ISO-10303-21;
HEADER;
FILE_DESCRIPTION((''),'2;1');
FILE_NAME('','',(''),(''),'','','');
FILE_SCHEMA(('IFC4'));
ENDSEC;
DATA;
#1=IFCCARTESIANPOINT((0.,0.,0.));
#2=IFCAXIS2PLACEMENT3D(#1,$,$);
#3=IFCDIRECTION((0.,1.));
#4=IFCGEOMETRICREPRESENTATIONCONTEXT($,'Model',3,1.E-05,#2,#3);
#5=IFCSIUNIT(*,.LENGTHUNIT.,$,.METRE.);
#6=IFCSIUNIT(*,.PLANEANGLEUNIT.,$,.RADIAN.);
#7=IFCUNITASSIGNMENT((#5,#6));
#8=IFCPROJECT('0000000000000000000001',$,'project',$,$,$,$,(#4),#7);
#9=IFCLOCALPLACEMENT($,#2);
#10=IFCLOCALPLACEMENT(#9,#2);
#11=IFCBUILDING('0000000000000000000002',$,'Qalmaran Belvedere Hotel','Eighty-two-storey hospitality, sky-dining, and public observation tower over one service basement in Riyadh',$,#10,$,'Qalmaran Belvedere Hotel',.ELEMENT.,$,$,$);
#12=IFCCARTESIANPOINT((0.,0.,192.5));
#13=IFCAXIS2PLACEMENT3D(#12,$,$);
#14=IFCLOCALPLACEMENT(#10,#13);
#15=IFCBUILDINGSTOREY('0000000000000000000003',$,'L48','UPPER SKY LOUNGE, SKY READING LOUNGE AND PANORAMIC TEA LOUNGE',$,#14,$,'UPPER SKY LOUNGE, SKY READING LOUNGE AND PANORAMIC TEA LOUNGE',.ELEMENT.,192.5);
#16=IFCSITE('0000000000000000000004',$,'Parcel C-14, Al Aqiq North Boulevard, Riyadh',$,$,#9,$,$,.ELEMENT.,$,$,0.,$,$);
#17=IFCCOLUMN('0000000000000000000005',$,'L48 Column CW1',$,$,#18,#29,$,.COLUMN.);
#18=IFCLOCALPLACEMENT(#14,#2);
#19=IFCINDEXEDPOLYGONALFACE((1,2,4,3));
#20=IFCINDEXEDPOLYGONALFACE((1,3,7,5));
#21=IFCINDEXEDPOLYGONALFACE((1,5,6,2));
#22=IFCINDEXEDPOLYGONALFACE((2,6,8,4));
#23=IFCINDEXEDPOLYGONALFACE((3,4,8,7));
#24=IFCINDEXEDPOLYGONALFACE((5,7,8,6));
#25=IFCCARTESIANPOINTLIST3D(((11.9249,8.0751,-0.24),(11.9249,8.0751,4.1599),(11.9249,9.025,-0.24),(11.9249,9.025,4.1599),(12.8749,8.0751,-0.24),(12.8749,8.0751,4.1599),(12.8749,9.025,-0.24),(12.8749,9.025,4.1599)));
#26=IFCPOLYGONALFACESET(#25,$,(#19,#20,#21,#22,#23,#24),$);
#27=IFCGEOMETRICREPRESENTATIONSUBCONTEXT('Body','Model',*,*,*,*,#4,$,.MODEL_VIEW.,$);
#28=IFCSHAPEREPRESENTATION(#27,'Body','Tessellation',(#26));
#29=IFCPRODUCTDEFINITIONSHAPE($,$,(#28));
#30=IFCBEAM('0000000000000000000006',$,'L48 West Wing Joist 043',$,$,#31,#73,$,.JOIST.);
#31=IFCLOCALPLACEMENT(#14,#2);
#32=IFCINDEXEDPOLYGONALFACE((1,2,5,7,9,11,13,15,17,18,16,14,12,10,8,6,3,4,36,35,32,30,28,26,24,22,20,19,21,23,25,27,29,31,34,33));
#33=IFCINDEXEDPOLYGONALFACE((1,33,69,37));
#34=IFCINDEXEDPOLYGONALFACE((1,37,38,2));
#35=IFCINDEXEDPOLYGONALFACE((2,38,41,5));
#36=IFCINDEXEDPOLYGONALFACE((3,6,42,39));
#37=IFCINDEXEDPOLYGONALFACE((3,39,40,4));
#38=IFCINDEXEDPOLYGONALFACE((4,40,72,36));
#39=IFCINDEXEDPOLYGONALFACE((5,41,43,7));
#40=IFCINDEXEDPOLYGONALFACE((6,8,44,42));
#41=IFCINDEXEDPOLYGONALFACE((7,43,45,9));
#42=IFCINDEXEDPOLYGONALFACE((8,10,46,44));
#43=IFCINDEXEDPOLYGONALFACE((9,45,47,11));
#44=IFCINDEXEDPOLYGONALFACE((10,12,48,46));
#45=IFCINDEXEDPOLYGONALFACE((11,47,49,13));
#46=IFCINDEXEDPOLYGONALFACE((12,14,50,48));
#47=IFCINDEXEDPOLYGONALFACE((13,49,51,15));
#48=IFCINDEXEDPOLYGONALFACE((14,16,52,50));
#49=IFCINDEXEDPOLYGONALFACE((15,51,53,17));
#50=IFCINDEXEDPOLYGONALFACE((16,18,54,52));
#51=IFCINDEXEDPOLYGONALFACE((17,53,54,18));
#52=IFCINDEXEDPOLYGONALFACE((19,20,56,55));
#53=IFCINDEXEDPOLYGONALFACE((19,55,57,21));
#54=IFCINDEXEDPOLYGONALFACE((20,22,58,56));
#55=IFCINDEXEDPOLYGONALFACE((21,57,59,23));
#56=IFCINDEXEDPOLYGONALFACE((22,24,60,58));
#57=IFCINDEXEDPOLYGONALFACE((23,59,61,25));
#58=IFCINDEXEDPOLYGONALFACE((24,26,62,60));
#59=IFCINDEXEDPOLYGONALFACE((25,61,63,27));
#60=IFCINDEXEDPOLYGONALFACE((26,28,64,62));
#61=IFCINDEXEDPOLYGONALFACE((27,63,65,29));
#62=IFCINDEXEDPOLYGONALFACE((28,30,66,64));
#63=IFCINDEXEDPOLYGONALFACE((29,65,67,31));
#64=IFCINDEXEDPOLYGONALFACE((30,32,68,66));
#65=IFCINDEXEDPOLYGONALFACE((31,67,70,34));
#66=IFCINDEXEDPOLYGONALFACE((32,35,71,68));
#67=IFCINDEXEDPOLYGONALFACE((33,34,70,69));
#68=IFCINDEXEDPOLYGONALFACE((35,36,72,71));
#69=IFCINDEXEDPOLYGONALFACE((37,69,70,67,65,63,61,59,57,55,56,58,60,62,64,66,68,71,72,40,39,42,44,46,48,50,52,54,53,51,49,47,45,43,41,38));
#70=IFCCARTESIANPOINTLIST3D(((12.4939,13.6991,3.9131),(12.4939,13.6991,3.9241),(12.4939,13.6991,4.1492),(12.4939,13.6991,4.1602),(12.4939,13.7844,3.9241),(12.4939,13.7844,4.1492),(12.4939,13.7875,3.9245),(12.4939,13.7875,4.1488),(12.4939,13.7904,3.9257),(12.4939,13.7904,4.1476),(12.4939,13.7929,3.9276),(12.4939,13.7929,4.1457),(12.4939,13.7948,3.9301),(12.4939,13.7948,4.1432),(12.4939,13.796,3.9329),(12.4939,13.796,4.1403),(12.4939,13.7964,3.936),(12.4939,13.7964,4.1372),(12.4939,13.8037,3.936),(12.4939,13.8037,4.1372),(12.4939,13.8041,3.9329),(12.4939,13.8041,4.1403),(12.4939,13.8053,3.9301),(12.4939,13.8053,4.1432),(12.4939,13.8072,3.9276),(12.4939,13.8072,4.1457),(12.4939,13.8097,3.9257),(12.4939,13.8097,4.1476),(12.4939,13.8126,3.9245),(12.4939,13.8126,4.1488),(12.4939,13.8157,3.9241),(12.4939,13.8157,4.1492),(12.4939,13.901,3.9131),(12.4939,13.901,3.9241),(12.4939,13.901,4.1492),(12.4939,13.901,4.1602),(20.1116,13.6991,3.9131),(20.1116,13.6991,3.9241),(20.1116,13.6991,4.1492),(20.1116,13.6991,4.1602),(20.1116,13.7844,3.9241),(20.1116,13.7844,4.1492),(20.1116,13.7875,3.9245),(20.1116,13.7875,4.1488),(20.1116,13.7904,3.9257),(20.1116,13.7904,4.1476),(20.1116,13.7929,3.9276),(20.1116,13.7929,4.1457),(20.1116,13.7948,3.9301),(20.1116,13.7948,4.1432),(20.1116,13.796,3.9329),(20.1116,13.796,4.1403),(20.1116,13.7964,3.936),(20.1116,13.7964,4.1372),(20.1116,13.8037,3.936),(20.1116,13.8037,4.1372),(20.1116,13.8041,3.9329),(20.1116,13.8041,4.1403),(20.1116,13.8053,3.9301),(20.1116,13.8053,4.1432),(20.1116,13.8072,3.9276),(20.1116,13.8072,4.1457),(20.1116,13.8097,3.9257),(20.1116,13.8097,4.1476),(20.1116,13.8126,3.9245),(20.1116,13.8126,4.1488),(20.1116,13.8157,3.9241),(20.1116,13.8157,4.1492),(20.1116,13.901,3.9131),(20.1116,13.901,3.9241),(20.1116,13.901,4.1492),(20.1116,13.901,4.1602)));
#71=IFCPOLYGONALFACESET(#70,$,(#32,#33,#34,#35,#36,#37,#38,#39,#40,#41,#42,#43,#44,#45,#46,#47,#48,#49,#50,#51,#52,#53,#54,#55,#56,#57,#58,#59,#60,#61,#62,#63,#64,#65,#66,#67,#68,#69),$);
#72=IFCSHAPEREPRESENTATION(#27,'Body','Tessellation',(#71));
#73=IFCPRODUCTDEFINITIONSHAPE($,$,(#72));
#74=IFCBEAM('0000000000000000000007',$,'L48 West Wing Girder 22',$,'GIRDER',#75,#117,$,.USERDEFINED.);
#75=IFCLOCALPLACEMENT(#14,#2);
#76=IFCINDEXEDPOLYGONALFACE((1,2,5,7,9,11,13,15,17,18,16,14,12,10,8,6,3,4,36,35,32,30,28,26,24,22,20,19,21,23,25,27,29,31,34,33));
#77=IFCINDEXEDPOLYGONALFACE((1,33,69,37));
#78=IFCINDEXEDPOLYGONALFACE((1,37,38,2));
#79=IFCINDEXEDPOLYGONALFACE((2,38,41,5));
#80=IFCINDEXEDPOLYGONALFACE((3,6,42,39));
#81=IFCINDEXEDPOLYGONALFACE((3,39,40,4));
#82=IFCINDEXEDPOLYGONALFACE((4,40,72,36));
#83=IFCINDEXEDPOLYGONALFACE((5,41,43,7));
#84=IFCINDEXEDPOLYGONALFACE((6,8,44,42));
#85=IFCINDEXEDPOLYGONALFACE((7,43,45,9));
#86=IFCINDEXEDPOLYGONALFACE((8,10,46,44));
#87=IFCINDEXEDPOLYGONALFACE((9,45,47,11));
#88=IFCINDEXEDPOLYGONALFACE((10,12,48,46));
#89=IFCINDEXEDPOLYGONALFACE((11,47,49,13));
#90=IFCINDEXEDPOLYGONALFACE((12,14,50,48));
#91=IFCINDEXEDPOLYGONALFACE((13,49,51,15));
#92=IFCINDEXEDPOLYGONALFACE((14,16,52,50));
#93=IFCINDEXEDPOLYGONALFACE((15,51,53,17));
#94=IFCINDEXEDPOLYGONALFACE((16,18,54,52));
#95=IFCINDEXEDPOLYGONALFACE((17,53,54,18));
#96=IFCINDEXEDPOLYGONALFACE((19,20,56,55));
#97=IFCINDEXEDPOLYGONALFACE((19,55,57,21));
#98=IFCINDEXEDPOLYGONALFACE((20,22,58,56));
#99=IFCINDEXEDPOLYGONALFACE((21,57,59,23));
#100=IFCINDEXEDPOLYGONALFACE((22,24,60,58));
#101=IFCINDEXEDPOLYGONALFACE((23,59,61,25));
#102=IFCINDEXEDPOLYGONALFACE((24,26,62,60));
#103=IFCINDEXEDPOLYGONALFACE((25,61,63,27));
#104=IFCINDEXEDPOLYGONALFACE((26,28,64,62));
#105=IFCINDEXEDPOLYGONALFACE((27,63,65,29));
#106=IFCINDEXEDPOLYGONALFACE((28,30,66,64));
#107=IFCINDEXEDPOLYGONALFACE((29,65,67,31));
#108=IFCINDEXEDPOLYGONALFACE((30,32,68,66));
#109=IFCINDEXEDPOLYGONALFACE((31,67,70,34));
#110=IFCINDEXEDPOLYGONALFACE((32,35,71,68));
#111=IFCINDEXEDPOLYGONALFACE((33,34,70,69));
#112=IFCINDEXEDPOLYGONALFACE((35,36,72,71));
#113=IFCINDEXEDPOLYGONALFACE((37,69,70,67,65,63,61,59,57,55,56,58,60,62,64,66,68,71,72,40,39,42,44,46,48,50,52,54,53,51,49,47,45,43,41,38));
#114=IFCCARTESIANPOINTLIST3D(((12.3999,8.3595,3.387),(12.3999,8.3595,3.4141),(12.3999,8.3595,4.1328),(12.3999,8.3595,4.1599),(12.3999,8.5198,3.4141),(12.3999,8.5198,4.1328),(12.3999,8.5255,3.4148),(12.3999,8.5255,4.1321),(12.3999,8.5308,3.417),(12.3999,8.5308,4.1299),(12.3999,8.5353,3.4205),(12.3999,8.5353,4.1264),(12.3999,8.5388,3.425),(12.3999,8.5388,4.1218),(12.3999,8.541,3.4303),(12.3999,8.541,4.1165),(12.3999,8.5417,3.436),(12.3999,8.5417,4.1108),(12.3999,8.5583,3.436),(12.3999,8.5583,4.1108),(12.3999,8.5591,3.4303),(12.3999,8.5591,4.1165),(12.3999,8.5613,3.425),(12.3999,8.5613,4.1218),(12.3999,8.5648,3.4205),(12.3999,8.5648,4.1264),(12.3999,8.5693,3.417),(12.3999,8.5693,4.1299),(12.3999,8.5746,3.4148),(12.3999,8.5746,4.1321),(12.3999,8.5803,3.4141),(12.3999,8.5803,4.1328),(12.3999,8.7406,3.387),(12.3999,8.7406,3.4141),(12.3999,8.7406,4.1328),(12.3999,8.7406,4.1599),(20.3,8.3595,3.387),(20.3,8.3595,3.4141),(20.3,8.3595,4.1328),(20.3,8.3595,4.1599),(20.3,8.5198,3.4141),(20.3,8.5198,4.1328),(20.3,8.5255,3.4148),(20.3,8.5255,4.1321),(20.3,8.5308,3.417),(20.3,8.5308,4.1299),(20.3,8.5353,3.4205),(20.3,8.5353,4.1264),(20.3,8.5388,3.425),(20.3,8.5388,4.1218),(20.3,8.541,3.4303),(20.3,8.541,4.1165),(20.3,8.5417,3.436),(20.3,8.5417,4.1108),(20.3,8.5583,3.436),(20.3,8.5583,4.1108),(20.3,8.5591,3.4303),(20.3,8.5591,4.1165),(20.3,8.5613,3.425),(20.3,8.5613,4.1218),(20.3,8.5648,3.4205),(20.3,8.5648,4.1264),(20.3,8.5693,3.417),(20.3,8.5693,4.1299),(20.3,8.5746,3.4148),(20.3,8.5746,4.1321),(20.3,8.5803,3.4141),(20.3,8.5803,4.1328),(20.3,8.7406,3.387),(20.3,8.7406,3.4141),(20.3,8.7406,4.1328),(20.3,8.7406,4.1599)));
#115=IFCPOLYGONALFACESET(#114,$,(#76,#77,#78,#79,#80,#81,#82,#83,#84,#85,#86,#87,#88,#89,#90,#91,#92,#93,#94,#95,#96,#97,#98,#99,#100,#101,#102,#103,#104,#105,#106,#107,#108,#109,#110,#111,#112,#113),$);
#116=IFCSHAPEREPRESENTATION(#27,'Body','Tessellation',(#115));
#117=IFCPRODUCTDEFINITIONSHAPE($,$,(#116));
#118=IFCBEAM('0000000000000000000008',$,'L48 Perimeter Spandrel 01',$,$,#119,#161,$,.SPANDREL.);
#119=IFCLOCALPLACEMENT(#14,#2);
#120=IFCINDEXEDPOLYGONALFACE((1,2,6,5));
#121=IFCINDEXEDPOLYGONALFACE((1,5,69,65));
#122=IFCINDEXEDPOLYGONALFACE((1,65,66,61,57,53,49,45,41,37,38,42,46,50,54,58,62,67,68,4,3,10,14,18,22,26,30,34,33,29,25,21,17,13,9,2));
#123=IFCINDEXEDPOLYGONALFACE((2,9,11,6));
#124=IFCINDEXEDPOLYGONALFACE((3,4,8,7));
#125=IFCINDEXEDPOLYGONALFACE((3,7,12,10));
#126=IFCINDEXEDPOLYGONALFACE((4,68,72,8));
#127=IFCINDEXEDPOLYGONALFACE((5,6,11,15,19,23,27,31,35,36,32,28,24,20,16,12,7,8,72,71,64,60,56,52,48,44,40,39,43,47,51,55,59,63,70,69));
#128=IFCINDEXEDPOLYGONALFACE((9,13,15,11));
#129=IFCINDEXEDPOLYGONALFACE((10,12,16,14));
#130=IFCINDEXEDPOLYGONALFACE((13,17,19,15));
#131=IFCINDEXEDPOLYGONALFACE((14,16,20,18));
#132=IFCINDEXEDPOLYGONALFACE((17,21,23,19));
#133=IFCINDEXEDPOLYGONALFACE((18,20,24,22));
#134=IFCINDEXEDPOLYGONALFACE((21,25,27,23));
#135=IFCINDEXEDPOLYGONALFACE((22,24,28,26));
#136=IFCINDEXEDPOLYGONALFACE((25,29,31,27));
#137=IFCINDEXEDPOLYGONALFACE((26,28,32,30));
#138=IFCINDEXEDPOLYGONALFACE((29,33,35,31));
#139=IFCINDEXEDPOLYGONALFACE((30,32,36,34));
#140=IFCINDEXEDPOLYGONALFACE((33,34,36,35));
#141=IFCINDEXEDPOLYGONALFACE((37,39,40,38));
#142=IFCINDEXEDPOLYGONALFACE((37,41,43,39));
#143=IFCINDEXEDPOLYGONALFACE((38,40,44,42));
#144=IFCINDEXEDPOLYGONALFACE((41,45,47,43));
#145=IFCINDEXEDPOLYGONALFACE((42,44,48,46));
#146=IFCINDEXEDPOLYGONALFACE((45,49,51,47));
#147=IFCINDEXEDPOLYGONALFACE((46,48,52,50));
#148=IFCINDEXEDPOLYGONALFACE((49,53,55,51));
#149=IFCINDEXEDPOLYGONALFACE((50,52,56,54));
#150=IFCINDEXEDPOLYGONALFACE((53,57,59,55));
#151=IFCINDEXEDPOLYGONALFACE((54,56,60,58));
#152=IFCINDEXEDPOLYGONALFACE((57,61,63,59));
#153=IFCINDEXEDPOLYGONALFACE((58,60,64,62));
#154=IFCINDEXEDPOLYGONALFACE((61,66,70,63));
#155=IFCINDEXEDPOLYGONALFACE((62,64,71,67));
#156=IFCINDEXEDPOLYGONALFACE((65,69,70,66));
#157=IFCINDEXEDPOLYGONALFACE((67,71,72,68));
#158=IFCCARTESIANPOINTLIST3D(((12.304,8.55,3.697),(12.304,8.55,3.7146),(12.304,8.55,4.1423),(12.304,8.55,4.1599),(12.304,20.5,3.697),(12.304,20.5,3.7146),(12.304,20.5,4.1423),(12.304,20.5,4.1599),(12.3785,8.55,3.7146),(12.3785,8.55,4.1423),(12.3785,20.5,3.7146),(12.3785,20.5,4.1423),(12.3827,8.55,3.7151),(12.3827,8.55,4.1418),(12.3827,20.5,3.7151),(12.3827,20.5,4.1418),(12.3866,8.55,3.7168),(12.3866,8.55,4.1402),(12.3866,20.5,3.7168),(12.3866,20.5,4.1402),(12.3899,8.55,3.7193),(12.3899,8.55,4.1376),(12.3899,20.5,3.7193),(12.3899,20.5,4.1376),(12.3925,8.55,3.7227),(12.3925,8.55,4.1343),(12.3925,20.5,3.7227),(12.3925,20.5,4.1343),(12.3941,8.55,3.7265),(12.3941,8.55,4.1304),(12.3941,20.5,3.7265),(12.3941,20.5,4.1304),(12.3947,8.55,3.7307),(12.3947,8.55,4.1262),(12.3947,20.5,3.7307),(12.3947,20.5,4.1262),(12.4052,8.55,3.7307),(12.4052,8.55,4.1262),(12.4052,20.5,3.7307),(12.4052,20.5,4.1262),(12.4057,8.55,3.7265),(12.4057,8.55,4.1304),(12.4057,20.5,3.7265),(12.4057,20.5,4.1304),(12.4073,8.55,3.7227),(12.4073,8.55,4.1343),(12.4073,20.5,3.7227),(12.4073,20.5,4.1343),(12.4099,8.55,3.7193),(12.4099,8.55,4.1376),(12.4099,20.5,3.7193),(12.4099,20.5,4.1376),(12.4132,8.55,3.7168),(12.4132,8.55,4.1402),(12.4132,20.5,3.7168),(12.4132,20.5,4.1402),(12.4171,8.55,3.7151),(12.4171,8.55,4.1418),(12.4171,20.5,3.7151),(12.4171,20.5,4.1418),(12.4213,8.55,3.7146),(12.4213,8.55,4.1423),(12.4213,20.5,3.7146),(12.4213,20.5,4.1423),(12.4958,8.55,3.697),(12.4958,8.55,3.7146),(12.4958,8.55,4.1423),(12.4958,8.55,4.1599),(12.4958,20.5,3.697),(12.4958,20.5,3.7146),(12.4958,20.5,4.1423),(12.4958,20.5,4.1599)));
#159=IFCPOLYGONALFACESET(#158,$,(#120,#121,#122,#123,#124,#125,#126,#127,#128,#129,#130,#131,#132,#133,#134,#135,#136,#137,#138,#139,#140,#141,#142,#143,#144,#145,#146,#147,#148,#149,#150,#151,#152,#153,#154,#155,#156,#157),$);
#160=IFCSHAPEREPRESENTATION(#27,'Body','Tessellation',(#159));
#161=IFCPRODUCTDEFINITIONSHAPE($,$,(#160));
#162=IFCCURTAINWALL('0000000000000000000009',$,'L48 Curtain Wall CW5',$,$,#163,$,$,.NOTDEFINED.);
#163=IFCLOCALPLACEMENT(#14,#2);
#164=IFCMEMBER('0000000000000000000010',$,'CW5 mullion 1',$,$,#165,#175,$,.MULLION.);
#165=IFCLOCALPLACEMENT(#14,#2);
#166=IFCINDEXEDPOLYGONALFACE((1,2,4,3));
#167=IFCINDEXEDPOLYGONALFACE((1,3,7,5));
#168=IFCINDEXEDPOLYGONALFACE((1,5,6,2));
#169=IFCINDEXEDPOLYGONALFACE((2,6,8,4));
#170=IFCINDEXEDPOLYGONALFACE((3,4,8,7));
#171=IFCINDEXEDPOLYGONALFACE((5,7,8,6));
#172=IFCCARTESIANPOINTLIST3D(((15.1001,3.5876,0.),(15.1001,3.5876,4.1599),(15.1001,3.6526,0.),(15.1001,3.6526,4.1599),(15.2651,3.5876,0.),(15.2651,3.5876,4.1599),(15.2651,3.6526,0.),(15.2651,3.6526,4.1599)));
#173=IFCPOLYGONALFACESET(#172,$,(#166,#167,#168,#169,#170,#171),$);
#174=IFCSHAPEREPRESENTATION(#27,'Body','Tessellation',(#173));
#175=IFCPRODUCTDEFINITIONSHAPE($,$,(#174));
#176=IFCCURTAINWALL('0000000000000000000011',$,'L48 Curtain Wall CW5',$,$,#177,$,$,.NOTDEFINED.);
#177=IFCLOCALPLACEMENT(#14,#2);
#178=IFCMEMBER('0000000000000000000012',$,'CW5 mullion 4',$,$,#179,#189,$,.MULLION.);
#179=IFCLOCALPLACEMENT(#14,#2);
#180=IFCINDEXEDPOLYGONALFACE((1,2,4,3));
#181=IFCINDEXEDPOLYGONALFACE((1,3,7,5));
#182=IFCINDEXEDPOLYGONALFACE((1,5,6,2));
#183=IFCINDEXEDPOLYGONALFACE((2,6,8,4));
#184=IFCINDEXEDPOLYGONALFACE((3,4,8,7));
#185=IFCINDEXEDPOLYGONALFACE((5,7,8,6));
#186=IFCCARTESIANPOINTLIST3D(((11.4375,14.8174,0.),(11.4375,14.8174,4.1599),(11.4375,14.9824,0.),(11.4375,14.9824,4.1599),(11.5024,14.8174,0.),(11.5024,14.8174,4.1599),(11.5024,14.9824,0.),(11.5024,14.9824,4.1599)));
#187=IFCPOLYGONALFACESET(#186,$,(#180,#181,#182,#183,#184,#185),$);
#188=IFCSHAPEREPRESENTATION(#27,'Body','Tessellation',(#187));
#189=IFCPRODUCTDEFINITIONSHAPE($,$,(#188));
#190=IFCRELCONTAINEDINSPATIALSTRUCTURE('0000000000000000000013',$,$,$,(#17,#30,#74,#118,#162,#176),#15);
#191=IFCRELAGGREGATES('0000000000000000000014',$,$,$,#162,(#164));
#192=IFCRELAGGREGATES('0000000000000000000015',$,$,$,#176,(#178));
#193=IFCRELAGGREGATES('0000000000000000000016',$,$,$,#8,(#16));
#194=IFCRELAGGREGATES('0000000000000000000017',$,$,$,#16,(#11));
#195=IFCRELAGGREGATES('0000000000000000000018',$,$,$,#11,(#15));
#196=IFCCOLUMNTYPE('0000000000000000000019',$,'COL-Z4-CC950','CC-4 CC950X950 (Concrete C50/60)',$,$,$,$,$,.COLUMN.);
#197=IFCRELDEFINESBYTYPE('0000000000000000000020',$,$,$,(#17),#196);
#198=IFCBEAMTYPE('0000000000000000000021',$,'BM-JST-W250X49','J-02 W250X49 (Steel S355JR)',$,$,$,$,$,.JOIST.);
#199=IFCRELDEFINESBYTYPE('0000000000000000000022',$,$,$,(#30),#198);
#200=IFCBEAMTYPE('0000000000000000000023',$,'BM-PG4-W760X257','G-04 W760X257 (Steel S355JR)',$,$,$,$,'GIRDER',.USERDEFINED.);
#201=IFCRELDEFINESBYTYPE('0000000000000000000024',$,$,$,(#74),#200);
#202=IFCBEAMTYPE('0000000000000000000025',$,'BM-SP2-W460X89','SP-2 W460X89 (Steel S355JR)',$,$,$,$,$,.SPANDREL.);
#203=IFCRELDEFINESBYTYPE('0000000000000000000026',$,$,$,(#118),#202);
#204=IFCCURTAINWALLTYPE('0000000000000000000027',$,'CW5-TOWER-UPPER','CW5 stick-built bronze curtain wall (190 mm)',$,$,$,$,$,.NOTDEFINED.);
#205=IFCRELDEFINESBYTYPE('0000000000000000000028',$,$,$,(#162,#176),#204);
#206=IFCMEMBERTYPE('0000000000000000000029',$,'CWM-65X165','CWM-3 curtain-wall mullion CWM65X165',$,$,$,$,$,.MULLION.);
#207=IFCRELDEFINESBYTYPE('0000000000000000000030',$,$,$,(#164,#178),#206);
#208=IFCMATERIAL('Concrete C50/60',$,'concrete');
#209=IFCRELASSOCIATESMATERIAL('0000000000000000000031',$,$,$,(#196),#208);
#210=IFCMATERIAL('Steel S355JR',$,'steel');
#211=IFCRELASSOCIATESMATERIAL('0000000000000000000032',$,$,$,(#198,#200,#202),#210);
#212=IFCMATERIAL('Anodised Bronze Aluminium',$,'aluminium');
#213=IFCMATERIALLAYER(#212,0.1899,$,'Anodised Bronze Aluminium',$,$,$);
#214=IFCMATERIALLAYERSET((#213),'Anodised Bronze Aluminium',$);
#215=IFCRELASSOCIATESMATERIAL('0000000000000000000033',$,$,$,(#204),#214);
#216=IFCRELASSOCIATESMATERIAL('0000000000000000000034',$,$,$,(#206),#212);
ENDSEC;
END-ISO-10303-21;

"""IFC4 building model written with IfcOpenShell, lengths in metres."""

from ifc_helpers import new_model, si_unit, direction, frame, origin, origin_2d, place, context, subcontext, project, spatial, rectangle, i_section, extrude, material, layer, layer_set, material_profile, profile_set, type_object, element, aggregate, save


model = new_model("IFC4")

# Units and contexts
model_context = context("Model", 3, precision=1e-05, world=origin(), true_north=direction((0.0, 1.0)))
body_context = subcontext(model_context, "Body", "Model", "MODEL_VIEW")
ifc_project = project(units=[si_unit("LENGTHUNIT", "METRE"), si_unit("PLANEANGLEUNIT", "RADIAN")], contexts=[model_context])

# Site, building, storey
site_placement = place(None, origin())
site = spatial("IfcSite", under=ifc_project, at=site_placement, Name="Parcel C-14, Al Aqiq North Boulevard, Riyadh", CompositionType="ELEMENT", RefElevation=0.0)
building_placement = place(site_placement, origin())
building = spatial("IfcBuilding", under=site, at=building_placement, Name="Qalmaran Belvedere Hotel", Description="Eighty-two-storey hospitality, sky-dining, and public observation tower over one service basement in Riyadh", LongName="Qalmaran Belvedere Hotel", CompositionType="ELEMENT")
storey_placement = place(building_placement, frame((0.0, 0.0, 192.5)))
storey = spatial("IfcBuildingStorey", under=building, at=storey_placement, Name="L48", Description="UPPER SKY LOUNGE, SKY READING LOUNGE AND PANORAMIC TEA LOUNGE", LongName="UPPER SKY LOUNGE, SKY READING LOUNGE AND PANORAMIC TEA LOUNGE", CompositionType="ELEMENT", Elevation=192.5)

# Column
ifc_material_1 = material(Name="Concrete C50/60", Category="concrete")
ifc_material_profile_1 = material_profile(ifc_material_1, rectangle(XDim=0.95, YDim=0.95, at=origin_2d()), Name="CC950X950")
ifc_profile_set_1 = profile_set([ifc_material_profile_1], Name="Concrete C50/60")
column_type = type_object("IfcColumnType", Name="COL-Z4-CC950", Description="CC-4 CC950X950 (Concrete C50/60)", PredefinedType="COLUMN", material=ifc_profile_set_1)
column_placement = place(storey_placement, frame((12.3999, 8.55, -0.24), z_axis=(0.0, 0.0, 1.0), x_axis=(1.0, 0.0, 0.0)))
element("IfcColumn", 1, at=column_placement, inside=storey, type_object=column_type, Name="L48 Column CW1", PredefinedType="COLUMN", context=body_context, shape_type="SweptSolid", body=[
    extrude(rectangle(XDim=0.95, YDim=0.95, at=origin_2d()), origin(), (0.0, 0.0, 1.0), 4.3999),
])

# Beams
ifc_material_2 = material(Name="Steel S355JR", Category="steel")
ifc_material_profile_2 = material_profile(ifc_material_2, i_section(OverallWidth=0.2019, OverallDepth=0.2471, WebThickness=0.0073, FlangeThickness=0.011, FilletRadius=0.012, at=origin_2d()), Name="W250X49")
ifc_profile_set_2 = profile_set([ifc_material_profile_2], Name="Steel S355JR")
beam_type_1 = type_object("IfcBeamType", Name="BM-JST-W250X49", Description="J-02 W250X49 (Steel S355JR)", PredefinedType="JOIST", material=ifc_profile_set_2)
beam_1_placement = place(storey_placement, frame((12.4939, 13.8, 4.0366), z_axis=(1.0, 0.0, 0.0), x_axis=(0.0, 1.0, 0.0)))
element("IfcBeam", 2, at=beam_1_placement, inside=storey, type_object=beam_type_1, Name="L48 West Wing Joist 043", PredefinedType="JOIST", context=body_context, shape_type="SweptSolid", body=[
    extrude(i_section(OverallWidth=0.2019, OverallDepth=0.2471, WebThickness=0.0073, FlangeThickness=0.011, FilletRadius=0.012, at=origin_2d()), origin(), (0.0, 0.0, 1.0), 7.6177),
])
ifc_material_profile_3 = material_profile(ifc_material_2, i_section(OverallWidth=0.3811, OverallDepth=0.7729, WebThickness=0.0166, FlangeThickness=0.0271, FilletRadius=0.022, at=origin_2d()), Name="W760X257")
ifc_profile_set_3 = profile_set([ifc_material_profile_3], Name="Steel S355JR")
beam_type_2 = type_object("IfcBeamType", Name="BM-PG4-W760X257", Description="G-04 W760X257 (Steel S355JR)", ElementType="GIRDER", PredefinedType="USERDEFINED", material=ifc_profile_set_3)
beam_2_placement = place(storey_placement, frame((12.3999, 8.55, 3.7734), z_axis=(1.0, 0.0, 0.0), x_axis=(0.0, 1.0, 0.0)))
element("IfcBeam", 3, at=beam_2_placement, inside=storey, type_object=beam_type_2, Name="L48 West Wing Girder 22", ObjectType="GIRDER", PredefinedType="USERDEFINED", context=body_context, shape_type="SweptSolid", body=[
    extrude(i_section(OverallWidth=0.3811, OverallDepth=0.7729, WebThickness=0.0166, FlangeThickness=0.0271, FilletRadius=0.022, at=origin_2d()), origin(), (0.0, 0.0, 1.0), 7.9001),
])
ifc_material_profile_4 = material_profile(ifc_material_2, i_section(OverallWidth=0.1919, OverallDepth=0.4629, WebThickness=0.0105, FlangeThickness=0.0176, FilletRadius=0.0161, at=origin_2d()), Name="W460X89")
ifc_profile_set_4 = profile_set([ifc_material_profile_4], Name="Steel S355JR")
beam_type_3 = type_object("IfcBeamType", Name="BM-SP2-W460X89", Description="SP-2 W460X89 (Steel S355JR)", PredefinedType="SPANDREL", material=ifc_profile_set_4)
beam_3_placement = place(storey_placement, frame((12.3999, 8.55, 3.9285), z_axis=(0.0, 1.0, 0.0), x_axis=(-1.0, 0.0, 0.0)))
element("IfcBeam", 4, at=beam_3_placement, inside=storey, type_object=beam_type_3, Name="L48 Perimeter Spandrel 01", PredefinedType="SPANDREL", context=body_context, shape_type="SweptSolid", body=[
    extrude(i_section(OverallWidth=0.1919, OverallDepth=0.4629, WebThickness=0.0105, FlangeThickness=0.0176, FilletRadius=0.0161, at=origin_2d()), origin(), (0.0, 0.0, 1.0), 11.95),
])

# Curtain wall, member
ifc_material_3 = material(Name="Anodised Bronze Aluminium", Category="aluminium")
ifc_layer_1 = layer(ifc_material_3, 0.1899, Name="Anodised Bronze Aluminium")
ifc_layer_set_1 = layer_set([ifc_layer_1], Name="Anodised Bronze Aluminium")
curtain_wall_type = type_object("IfcCurtainWallType", Name="CW5-TOWER-UPPER", Description="CW5 stick-built bronze curtain wall (190 mm)", PredefinedType="NOTDEFINED", material=ifc_layer_set_1)
curtain_wall_1_placement = place(storey_placement, origin())
curtain_wall_1 = element("IfcCurtainWall", 5, at=curtain_wall_1_placement, inside=storey, type_object=curtain_wall_type, Name="L48 Curtain Wall CW5", PredefinedType="NOTDEFINED")
ifc_material_profile_5 = material_profile(ifc_material_3, rectangle(XDim=0.0649, YDim=0.165, at=origin_2d()), Name="CWM65X165")
ifc_profile_set_5 = profile_set([ifc_material_profile_5], Name="Anodised Bronze Aluminium")
member_type_1 = type_object("IfcMemberType", Name="CWM-65X165", Description="CWM-3 curtain-wall mullion CWM65X165", PredefinedType="MULLION", material=ifc_profile_set_5)
member_1_placement = place(storey_placement, frame((15.1826, 3.6201, 0.0), z_axis=(0.0, 0.0, 1.0), x_axis=(0.0, 1.0, 0.0)))
member_1 = element("IfcMember", 6, at=member_1_placement, type_object=member_type_1, Name="CW5 mullion 1", PredefinedType="MULLION", context=body_context, shape_type="SweptSolid", body=[
    extrude(rectangle(XDim=0.0649, YDim=0.165, at=origin_2d()), origin(), (0.0, 0.0, 1.0), 4.1599),
])

# Curtain wall, member
curtain_wall_2_placement = place(storey_placement, origin())
curtain_wall_2 = element("IfcCurtainWall", 7, at=curtain_wall_2_placement, inside=storey, type_object=curtain_wall_type, Name="L48 Curtain Wall CW5", PredefinedType="NOTDEFINED")
member_2_placement = place(storey_placement, frame((11.47, 14.8999, 0.0), z_axis=(0.0, 0.0, 1.0), x_axis=(1.0, 0.0, 0.0)))
member_2 = element("IfcMember", 8, at=member_2_placement, type_object=member_type_1, Name="CW5 mullion 4", PredefinedType="MULLION", context=body_context, shape_type="SweptSolid", body=[
    extrude(rectangle(XDim=0.0649, YDim=0.165, at=origin_2d()), origin(), (0.0, 0.0, 1.0), 4.1599),
])

aggregate(curtain_wall_1, [member_1])

aggregate(curtain_wall_2, [member_2])

save(model, "model.ifc")
